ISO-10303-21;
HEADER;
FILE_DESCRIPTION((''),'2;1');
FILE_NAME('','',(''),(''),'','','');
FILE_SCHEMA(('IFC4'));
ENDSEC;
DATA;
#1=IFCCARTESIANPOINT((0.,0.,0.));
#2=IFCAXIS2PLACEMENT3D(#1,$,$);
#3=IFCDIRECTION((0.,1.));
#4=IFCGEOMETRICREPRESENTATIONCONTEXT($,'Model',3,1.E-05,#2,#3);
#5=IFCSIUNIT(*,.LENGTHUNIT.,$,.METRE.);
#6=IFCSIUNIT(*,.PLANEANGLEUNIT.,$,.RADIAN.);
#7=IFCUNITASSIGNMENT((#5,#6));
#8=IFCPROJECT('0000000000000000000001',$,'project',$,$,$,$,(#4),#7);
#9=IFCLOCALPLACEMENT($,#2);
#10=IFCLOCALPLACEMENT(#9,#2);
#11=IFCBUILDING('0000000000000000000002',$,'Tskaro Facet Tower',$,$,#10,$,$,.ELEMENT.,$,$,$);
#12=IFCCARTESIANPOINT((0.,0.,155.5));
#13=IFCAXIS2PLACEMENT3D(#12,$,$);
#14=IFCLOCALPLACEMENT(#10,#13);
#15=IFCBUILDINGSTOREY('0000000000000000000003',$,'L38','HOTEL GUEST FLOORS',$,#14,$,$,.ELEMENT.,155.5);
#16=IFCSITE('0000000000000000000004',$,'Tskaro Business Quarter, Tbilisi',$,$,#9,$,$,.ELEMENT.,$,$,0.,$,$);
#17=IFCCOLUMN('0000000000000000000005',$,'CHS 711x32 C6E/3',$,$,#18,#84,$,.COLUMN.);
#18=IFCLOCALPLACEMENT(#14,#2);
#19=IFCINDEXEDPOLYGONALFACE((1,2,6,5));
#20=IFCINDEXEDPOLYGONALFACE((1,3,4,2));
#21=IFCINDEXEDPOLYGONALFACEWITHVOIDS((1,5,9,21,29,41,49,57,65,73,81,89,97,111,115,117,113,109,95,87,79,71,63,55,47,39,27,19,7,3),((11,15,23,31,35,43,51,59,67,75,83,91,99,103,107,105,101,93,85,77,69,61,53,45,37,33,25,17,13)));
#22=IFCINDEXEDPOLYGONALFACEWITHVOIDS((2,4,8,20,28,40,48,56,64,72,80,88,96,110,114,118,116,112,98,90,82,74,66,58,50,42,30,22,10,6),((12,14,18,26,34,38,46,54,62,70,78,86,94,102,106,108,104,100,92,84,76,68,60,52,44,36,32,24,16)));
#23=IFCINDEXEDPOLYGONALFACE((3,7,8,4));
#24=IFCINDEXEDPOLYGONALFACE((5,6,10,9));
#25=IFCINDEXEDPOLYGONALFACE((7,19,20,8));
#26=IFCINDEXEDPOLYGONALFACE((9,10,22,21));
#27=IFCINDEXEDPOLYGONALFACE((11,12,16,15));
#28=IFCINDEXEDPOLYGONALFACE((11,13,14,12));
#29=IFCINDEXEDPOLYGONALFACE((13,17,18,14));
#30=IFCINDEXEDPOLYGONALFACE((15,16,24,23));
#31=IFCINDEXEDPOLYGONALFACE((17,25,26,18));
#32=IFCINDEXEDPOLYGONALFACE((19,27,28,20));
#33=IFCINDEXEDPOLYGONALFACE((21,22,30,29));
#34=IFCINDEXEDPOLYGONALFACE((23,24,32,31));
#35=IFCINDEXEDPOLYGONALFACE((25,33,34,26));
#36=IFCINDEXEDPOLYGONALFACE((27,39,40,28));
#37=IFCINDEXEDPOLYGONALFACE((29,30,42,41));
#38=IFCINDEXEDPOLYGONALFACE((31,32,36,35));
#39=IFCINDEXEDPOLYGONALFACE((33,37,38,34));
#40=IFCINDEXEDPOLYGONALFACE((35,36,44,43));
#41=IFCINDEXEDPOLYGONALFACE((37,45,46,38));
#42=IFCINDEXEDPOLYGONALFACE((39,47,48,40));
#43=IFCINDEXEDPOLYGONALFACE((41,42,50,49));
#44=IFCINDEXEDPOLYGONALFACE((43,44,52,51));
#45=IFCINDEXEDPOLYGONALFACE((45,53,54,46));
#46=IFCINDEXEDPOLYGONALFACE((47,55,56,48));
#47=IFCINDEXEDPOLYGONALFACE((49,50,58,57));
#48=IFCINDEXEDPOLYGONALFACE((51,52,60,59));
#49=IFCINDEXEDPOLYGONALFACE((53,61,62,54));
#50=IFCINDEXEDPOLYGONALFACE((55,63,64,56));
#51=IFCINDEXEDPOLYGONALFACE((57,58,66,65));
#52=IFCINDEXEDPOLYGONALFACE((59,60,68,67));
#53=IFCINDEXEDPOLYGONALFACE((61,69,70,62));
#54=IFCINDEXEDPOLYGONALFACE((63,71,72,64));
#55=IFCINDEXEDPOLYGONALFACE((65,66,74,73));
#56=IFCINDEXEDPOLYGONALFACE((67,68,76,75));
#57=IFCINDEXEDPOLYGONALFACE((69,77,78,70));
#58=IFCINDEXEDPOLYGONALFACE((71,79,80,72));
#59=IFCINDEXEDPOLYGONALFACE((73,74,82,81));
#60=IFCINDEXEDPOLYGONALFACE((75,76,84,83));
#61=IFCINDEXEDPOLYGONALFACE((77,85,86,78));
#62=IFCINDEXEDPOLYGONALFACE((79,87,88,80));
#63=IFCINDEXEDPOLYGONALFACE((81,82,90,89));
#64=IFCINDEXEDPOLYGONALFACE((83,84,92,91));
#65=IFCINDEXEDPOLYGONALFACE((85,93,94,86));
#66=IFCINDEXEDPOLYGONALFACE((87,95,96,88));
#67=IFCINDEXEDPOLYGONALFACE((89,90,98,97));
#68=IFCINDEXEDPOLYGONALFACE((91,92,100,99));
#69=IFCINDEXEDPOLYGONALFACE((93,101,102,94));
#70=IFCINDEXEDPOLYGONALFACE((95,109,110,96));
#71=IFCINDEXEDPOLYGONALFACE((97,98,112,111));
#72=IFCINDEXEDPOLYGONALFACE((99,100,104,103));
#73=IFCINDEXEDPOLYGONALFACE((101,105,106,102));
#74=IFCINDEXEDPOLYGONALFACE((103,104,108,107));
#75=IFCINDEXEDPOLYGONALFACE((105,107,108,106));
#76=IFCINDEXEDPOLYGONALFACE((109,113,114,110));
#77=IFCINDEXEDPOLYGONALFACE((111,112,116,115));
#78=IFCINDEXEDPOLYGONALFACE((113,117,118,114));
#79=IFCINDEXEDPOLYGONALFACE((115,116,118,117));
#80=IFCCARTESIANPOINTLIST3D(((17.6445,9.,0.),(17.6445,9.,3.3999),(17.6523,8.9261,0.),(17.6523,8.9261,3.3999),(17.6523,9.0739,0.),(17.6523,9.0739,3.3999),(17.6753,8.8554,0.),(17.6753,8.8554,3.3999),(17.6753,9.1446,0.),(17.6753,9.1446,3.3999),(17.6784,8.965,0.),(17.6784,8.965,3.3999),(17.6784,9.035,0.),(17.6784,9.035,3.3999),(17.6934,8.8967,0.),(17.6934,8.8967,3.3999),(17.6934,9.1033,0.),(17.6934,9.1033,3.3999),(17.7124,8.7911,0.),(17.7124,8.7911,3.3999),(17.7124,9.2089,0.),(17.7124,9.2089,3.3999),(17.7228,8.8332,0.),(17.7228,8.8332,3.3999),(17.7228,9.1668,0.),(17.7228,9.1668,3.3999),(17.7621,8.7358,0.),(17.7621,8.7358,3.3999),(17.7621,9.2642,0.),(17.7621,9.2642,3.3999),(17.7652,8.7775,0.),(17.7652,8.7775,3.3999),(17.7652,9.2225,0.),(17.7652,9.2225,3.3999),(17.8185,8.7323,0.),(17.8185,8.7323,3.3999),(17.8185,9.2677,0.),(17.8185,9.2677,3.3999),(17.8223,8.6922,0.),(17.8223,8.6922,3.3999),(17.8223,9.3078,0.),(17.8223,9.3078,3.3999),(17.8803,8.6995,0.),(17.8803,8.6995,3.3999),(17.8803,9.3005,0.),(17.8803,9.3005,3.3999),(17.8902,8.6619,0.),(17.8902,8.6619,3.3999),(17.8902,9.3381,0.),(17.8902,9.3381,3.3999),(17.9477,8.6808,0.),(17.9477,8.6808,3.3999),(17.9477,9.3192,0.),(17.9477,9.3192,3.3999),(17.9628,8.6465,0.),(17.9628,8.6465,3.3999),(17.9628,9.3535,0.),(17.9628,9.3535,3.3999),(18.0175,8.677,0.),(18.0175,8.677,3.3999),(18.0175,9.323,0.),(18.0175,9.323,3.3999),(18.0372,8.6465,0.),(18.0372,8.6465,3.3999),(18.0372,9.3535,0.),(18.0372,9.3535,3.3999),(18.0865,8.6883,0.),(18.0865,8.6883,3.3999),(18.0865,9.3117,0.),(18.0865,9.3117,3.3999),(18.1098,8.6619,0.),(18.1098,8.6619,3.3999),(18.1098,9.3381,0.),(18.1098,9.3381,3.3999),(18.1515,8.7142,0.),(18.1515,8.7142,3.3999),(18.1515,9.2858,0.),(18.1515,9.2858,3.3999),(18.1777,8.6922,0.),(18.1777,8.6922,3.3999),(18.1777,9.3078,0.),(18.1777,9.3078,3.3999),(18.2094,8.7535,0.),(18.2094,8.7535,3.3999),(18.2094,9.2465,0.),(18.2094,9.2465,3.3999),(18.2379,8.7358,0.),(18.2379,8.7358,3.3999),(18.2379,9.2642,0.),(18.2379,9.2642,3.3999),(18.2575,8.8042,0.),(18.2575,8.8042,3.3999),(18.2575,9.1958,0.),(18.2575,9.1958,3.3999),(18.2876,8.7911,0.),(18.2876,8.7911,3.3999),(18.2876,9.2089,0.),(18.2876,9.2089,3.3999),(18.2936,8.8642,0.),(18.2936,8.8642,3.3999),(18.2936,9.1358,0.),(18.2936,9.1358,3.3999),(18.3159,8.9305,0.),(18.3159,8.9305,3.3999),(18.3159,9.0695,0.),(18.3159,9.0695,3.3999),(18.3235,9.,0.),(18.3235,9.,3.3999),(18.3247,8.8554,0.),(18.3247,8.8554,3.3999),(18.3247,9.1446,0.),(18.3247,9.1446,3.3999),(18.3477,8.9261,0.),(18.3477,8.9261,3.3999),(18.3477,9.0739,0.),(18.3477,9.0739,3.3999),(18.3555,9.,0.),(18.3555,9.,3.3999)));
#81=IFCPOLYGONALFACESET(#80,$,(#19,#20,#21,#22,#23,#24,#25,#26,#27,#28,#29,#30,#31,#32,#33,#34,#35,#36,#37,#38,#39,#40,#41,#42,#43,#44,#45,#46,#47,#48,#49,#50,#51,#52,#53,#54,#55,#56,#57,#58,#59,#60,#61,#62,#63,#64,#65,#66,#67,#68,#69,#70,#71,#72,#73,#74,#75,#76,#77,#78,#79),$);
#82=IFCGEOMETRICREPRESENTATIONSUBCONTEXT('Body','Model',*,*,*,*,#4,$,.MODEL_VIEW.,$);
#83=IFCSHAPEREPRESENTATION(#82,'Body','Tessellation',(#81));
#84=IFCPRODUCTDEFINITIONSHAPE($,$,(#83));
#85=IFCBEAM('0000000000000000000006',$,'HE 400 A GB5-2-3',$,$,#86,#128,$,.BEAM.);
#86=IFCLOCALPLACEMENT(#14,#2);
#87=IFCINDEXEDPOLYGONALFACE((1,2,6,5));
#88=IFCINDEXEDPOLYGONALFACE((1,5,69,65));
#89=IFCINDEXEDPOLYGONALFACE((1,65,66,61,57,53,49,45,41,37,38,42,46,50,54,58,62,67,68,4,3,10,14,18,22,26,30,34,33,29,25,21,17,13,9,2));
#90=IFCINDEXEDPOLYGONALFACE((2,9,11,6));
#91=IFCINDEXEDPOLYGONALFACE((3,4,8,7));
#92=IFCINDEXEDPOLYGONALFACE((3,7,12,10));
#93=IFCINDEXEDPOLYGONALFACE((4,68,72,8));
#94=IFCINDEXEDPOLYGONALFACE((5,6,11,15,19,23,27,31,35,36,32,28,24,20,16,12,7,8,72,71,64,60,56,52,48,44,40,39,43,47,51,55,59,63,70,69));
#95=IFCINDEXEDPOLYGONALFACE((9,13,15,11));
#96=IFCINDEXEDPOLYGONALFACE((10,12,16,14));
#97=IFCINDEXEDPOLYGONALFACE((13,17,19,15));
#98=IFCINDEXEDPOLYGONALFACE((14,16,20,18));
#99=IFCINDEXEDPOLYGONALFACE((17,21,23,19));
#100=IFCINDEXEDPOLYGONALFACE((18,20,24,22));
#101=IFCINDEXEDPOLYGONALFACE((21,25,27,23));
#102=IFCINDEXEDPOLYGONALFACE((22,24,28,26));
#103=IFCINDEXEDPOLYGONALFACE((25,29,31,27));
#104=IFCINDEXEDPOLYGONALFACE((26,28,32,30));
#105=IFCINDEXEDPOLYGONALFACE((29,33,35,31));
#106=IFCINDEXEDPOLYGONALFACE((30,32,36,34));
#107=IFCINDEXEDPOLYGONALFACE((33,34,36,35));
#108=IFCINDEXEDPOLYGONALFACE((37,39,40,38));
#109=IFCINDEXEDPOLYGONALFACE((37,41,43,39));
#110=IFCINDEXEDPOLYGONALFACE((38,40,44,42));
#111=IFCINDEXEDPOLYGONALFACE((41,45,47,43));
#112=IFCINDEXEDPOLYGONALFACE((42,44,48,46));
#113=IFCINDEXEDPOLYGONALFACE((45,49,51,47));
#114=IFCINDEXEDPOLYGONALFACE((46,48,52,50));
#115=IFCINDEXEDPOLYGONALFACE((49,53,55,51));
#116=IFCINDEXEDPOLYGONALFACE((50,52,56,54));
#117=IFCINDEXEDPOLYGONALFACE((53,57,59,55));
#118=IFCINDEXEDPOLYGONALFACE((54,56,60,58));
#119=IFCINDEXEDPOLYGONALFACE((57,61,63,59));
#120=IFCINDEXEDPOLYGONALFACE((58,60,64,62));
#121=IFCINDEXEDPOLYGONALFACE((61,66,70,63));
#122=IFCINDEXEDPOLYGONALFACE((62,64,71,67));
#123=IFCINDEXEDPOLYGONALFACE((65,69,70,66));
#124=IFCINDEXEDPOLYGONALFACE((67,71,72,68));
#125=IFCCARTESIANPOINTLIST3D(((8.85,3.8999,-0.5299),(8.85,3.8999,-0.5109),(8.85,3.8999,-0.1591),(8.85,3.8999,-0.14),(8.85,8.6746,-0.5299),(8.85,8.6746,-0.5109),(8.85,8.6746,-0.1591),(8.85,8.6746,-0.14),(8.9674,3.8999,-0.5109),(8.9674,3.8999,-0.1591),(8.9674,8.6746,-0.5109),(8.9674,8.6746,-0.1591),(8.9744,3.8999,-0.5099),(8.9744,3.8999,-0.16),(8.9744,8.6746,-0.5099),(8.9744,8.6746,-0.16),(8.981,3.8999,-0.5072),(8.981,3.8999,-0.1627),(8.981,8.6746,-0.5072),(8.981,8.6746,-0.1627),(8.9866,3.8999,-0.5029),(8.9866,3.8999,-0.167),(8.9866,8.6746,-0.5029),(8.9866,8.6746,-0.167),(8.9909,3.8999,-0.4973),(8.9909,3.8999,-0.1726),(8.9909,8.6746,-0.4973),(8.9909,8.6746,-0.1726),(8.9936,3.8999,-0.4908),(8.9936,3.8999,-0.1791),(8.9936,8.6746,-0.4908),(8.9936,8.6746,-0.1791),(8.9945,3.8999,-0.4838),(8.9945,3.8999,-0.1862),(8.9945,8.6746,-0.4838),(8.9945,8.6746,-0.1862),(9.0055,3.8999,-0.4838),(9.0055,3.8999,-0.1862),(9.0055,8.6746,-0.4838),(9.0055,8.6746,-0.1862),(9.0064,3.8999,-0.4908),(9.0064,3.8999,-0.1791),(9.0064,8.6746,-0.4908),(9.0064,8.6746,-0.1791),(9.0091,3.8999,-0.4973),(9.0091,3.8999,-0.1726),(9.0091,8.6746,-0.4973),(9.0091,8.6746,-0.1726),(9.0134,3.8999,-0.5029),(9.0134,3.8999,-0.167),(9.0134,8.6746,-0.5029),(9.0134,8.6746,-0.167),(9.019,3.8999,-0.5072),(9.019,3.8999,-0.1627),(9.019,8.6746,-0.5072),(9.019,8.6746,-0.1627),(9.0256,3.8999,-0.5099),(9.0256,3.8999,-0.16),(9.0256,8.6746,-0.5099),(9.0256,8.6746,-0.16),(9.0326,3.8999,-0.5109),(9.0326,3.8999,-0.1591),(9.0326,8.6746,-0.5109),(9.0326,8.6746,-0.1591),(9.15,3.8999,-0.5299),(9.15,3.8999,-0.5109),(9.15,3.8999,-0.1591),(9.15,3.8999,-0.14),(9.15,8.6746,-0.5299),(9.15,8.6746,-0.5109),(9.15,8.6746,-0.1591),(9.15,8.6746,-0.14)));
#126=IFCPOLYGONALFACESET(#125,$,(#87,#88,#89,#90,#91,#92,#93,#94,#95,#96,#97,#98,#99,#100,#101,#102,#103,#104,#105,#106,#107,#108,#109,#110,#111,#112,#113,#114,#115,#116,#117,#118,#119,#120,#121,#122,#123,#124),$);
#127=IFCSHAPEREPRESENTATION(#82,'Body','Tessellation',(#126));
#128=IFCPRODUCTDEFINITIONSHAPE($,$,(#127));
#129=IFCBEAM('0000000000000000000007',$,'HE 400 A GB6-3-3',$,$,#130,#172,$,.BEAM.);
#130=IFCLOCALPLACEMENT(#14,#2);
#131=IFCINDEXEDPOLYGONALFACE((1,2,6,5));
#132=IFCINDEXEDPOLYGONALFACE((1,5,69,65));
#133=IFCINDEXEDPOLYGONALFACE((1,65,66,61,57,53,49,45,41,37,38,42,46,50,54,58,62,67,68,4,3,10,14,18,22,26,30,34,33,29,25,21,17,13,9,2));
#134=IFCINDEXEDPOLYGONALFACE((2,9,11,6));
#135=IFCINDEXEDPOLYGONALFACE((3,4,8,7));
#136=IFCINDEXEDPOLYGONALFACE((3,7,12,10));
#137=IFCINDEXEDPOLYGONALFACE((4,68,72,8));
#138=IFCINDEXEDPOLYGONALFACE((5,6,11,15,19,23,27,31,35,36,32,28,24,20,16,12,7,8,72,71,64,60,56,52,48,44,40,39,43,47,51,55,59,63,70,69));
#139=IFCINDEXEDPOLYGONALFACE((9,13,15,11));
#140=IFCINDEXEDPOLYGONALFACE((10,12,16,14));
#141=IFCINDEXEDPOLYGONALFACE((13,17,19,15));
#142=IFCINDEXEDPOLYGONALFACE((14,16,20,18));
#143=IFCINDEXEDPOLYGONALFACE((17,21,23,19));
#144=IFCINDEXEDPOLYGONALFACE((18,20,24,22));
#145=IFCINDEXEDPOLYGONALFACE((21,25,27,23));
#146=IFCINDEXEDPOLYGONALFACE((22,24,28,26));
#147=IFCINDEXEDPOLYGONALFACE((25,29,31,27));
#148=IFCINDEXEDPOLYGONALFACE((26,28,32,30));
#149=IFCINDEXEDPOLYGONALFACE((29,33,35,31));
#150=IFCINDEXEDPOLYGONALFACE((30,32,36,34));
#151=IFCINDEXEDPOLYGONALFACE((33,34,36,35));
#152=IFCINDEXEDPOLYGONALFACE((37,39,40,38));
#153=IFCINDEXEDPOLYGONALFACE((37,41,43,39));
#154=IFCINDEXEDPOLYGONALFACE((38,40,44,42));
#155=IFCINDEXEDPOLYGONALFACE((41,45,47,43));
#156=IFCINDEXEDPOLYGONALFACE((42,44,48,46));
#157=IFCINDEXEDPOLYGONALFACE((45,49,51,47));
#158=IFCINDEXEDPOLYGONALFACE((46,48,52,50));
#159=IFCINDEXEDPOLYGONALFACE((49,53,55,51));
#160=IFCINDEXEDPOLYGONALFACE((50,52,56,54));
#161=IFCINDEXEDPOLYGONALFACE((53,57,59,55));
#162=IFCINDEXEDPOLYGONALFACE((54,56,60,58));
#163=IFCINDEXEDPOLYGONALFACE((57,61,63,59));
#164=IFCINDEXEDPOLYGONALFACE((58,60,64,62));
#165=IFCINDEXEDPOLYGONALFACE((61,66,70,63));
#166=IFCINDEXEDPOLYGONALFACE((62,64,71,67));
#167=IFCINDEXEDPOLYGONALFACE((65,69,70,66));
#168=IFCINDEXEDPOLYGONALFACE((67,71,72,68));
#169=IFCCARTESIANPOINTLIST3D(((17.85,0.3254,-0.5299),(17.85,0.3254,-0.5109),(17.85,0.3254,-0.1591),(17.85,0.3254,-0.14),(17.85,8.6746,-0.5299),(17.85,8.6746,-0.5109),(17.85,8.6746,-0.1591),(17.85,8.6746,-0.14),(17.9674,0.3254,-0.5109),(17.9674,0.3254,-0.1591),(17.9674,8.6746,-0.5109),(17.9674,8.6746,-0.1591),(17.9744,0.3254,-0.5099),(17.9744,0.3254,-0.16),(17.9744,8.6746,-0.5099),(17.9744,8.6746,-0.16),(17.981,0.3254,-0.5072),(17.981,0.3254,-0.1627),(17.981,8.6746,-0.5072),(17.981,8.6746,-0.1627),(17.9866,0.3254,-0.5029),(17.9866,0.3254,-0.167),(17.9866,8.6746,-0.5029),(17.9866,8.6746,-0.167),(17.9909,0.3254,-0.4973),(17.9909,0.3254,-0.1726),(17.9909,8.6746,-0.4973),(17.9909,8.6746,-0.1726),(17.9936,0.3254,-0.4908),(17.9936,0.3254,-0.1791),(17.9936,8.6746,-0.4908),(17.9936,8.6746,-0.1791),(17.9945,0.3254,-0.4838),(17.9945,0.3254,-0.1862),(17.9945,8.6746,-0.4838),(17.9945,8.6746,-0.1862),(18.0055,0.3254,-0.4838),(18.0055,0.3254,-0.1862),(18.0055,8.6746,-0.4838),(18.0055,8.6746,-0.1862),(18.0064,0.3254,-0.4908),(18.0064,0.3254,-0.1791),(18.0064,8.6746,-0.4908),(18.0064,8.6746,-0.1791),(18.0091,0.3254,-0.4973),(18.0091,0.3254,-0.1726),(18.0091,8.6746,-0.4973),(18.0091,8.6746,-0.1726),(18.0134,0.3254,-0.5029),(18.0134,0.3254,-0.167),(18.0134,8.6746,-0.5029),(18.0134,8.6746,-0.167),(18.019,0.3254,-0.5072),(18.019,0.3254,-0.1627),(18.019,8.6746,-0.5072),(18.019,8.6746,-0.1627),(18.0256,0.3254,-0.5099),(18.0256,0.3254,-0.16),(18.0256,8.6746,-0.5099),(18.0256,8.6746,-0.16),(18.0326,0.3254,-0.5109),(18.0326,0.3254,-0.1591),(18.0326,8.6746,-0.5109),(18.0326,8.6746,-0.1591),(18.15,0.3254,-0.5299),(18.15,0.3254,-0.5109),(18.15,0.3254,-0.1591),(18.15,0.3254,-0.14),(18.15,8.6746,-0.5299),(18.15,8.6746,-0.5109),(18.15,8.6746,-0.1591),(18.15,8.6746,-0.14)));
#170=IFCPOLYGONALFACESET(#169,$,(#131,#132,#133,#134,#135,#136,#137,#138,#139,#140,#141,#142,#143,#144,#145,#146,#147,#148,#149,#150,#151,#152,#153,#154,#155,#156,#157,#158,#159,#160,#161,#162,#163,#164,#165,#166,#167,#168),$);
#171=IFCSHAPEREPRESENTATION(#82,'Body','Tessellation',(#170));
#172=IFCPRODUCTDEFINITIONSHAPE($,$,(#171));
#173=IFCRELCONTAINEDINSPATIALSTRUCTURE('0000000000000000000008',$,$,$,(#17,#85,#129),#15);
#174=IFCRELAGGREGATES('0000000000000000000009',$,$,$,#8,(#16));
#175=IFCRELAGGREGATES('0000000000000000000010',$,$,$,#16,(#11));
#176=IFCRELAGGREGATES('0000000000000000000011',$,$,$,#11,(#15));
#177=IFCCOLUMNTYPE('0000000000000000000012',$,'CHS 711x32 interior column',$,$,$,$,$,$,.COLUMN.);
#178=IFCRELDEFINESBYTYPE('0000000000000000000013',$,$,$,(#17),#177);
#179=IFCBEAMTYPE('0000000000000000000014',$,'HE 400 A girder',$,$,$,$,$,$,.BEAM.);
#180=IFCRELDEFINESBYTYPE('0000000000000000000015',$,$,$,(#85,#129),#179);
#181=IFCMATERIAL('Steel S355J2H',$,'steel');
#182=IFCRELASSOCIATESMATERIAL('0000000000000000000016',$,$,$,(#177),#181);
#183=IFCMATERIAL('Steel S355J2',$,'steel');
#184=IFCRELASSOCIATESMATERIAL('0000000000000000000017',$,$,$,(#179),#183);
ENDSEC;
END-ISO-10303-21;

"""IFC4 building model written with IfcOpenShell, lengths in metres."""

from ifc_helpers import new_model, si_unit, direction, frame, origin, origin_2d, place, context, subcontext, project, spatial, hollow_circle, i_section, extrude, material, material_profile, profile_set, type_object, element, save


model = new_model("IFC4")

# Units and contexts
model_context = context("Model", 3, precision=1e-05, world=origin(), true_north=direction((0.0, 1.0)))
body_context = subcontext(model_context, "Body", "Model", "MODEL_VIEW")
ifc_project = project(units=[si_unit("LENGTHUNIT", "METRE"), si_unit("PLANEANGLEUNIT", "RADIAN")], contexts=[model_context])

# Site, building, storey
site_placement = place(None, origin())
site = spatial("IfcSite", under=ifc_project, at=site_placement, Name="Tskaro Business Quarter, Tbilisi", CompositionType="ELEMENT", RefElevation=0.0)
building_placement = place(site_placement, origin())
building = spatial("IfcBuilding", under=site, at=building_placement, Name="Tskaro Facet Tower", CompositionType="ELEMENT")
storey_placement = place(building_placement, frame((0.0, 0.0, 155.5)))
storey = spatial("IfcBuildingStorey", under=building, at=storey_placement, Name="L38", Description="HOTEL GUEST FLOORS", CompositionType="ELEMENT", Elevation=155.5)

# Column
ifc_material_1 = material(Name="Steel S355J2H", Category="steel")
ifc_material_profile_1 = material_profile(ifc_material_1, hollow_circle(Radius=0.3555, WallThickness=0.032, at=origin_2d()), Name="CHS 711x32")
ifc_profile_set_1 = profile_set([ifc_material_profile_1], Name="Steel S355J2H")
column_type = type_object("IfcColumnType", Name="CHS 711x32 interior column", PredefinedType="COLUMN", material=ifc_profile_set_1)
for number, where, z_axis, x_axis, name in (
    (1, (18.0, 9.0, 0.0), (0.0, 0.0, 1.0), (1.0, 0.0, 0.0), "CHS 711x32 C6E/3"),
):
    element("IfcColumn", number, at=place(storey_placement, frame(where, z_axis=z_axis, x_axis=x_axis)), inside=storey, type_object=column_type, Name=name, PredefinedType="COLUMN", context=body_context, shape_type="SweptSolid", body=[
        extrude(hollow_circle(Radius=0.3555, WallThickness=0.032, at=origin_2d()), origin(), (0.0, 0.0, 1.0), 3.3999),
    ])

# Beams
ifc_material_2 = material(Name="Steel S355J2", Category="steel")
ifc_material_profile_2 = material_profile(ifc_material_2, i_section(OverallWidth=0.3, OverallDepth=0.3899, WebThickness=0.011, FlangeThickness=0.019, FilletRadius=0.0271, at=origin_2d()), Name="HE 400 A")
ifc_profile_set_2 = profile_set([ifc_material_profile_2], Name="Steel S355J2")
beam_type_1 = type_object("IfcBeamType", Name="HE 400 A girder", PredefinedType="BEAM", material=ifc_profile_set_2)
beam_1_placement = place(storey_placement, frame((9.0, 3.8999, -0.335), z_axis=(0.0, 1.0, 0.0), x_axis=(-1.0, 0.0, 0.0)))
element("IfcBeam", 2, at=beam_1_placement, inside=storey, type_object=beam_type_1, Name="HE 400 A GB5-2-3", PredefinedType="BEAM", context=body_context, shape_type="SweptSolid", body=[
    extrude(i_section(OverallWidth=0.3, OverallDepth=0.3899, WebThickness=0.011, FlangeThickness=0.019, FilletRadius=0.0271, at=origin_2d()), origin(), (0.0, 0.0, 1.0), 4.7747),
])
beam_2_placement = place(storey_placement, frame((18.0, 0.3254, -0.335), z_axis=(0.0, 1.0, 0.0), x_axis=(-1.0, 0.0, 0.0)))
element("IfcBeam", 3, at=beam_2_placement, inside=storey, type_object=beam_type_1, Name="HE 400 A GB6-3-3", PredefinedType="BEAM", context=body_context, shape_type="SweptSolid", body=[
    extrude(i_section(OverallWidth=0.3, OverallDepth=0.3899, WebThickness=0.011, FlangeThickness=0.019, FilletRadius=0.0271, at=origin_2d()), origin(), (0.0, 0.0, 1.0), 8.3491),
])

save(model, "model.ifc")
